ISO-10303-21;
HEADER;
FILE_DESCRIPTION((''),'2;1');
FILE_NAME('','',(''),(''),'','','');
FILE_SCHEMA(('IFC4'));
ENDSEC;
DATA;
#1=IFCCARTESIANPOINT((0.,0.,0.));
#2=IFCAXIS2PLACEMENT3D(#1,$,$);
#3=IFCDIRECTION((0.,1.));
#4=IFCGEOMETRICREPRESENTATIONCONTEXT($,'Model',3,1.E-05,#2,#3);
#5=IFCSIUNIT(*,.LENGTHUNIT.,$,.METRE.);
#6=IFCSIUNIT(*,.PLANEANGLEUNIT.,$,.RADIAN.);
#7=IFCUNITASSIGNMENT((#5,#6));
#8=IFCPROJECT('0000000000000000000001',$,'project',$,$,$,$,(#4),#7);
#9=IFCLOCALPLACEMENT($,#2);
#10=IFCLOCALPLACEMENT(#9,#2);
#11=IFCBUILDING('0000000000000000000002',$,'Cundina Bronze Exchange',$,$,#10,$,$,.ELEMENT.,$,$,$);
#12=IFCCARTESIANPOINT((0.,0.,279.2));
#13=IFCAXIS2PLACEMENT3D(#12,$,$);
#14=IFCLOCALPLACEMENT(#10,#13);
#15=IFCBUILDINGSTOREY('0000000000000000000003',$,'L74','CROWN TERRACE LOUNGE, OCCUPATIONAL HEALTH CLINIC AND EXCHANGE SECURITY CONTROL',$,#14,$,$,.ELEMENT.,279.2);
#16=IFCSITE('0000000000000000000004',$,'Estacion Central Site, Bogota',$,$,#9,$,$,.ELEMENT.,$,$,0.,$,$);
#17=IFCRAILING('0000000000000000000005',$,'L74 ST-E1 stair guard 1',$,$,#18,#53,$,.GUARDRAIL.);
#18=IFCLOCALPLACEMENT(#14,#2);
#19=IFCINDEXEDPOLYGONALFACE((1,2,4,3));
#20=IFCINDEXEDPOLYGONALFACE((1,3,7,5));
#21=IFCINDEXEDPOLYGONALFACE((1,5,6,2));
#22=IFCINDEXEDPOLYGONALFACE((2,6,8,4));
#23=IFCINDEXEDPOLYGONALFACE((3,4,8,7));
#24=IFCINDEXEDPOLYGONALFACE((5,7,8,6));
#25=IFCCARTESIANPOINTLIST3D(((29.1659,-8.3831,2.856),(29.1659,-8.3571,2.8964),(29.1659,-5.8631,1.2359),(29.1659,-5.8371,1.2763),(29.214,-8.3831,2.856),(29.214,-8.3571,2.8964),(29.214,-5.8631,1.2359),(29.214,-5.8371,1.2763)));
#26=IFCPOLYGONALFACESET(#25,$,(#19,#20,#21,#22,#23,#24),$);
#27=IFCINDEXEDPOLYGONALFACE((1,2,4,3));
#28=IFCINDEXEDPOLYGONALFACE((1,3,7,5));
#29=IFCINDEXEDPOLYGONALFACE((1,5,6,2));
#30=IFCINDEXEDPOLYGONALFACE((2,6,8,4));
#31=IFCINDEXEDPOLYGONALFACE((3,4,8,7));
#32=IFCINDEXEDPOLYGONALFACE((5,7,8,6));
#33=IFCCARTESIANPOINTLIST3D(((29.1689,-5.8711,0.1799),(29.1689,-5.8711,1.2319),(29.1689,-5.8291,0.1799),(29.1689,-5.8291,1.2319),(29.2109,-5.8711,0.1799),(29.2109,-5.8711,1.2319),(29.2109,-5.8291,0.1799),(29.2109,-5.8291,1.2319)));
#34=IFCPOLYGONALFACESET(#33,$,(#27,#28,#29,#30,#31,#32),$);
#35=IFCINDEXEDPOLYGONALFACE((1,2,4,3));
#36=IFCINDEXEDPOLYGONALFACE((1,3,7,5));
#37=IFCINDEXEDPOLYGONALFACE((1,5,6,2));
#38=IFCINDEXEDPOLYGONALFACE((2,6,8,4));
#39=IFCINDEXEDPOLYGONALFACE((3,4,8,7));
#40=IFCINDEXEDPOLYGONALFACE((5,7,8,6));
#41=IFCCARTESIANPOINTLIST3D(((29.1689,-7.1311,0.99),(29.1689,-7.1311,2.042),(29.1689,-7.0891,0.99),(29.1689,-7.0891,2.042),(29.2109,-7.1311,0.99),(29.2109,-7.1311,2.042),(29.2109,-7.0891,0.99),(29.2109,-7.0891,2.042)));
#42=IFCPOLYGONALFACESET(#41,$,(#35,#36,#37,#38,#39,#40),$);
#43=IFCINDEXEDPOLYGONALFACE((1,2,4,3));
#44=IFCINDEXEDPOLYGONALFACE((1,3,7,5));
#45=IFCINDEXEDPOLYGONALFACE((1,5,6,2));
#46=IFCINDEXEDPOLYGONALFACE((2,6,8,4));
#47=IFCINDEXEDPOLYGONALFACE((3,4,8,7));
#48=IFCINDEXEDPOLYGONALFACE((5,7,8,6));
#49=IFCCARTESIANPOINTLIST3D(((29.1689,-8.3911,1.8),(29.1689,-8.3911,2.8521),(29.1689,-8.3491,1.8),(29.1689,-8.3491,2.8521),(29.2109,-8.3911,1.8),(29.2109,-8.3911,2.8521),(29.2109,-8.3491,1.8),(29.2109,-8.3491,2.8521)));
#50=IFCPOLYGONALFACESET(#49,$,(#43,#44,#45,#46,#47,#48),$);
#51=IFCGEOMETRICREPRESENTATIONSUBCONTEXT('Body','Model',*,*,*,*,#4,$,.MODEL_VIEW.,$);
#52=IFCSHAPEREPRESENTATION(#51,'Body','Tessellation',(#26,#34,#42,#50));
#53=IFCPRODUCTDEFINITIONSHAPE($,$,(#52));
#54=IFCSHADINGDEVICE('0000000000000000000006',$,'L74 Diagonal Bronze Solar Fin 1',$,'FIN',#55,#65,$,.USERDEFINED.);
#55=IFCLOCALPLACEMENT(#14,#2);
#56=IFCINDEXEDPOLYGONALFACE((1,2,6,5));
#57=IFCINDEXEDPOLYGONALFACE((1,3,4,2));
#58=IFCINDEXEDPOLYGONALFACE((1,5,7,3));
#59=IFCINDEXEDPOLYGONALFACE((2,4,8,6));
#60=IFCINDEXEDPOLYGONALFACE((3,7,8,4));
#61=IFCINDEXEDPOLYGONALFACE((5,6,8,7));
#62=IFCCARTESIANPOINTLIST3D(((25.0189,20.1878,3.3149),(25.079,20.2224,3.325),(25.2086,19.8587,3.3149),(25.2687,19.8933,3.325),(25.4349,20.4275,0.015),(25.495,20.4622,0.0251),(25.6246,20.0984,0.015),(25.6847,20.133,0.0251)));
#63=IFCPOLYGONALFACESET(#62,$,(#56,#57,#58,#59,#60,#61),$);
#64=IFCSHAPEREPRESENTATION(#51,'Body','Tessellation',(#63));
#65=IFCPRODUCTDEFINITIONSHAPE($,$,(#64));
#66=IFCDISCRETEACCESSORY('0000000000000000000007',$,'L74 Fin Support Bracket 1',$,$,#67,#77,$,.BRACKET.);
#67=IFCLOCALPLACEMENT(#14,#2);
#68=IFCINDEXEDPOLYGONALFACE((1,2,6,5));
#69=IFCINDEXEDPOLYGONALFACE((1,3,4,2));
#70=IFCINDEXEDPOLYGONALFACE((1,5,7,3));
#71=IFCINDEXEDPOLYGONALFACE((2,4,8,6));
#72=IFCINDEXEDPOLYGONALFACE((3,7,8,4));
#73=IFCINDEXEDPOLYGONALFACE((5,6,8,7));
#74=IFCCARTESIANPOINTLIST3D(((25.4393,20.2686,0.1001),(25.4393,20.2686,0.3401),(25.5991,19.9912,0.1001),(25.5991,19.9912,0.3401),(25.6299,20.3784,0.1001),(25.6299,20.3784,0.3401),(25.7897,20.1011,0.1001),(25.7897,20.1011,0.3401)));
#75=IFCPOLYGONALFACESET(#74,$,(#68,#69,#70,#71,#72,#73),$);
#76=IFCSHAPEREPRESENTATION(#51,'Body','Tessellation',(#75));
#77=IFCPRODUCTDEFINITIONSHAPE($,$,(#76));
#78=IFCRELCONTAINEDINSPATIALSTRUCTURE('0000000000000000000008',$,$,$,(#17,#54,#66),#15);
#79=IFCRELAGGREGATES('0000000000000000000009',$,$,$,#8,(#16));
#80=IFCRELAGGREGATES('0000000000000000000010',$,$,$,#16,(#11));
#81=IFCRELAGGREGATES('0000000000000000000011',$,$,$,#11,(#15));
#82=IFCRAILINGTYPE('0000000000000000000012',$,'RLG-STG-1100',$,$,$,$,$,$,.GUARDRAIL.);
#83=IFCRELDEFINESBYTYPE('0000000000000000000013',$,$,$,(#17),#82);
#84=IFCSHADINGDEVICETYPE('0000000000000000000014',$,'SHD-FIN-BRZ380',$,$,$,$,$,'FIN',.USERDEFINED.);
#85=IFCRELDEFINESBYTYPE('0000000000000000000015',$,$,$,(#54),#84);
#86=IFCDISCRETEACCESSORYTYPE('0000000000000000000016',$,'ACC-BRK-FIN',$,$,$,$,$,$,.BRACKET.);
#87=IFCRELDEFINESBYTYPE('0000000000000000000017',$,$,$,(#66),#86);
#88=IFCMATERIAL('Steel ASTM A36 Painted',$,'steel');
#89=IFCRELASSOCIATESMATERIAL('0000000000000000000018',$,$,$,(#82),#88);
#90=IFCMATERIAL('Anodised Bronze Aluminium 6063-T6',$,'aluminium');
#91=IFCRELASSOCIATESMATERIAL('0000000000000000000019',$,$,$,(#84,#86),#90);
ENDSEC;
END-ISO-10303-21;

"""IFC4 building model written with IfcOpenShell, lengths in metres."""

from ifc_helpers import new_model, si_unit, direction, frame, origin, origin_2d, place, context, subcontext, project, spatial, rectangle, extrude, material, material_profile, profile_set, type_object, element, save


model = new_model("IFC4")

# Units and contexts
model_context = context("Model", 3, precision=1e-05, world=origin(), true_north=direction((0.0, 1.0)))
body_context = subcontext(model_context, "Body", "Model", "MODEL_VIEW")
ifc_project = project(units=[si_unit("LENGTHUNIT", "METRE"), si_unit("PLANEANGLEUNIT", "RADIAN")], contexts=[model_context])

# Site, building, storey
site_placement = place(None, origin())
site = spatial("IfcSite", under=ifc_project, at=site_placement, Name="Estacion Central Site, Bogota", CompositionType="ELEMENT", RefElevation=0.0)
building_placement = place(site_placement, origin())
building = spatial("IfcBuilding", under=site, at=building_placement, Name="Cundina Bronze Exchange", CompositionType="ELEMENT")
storey_placement = place(building_placement, frame((0.0, 0.0, 279.2)))
storey = spatial("IfcBuildingStorey", under=building, at=storey_placement, Name="L74", Description="CROWN TERRACE LOUNGE, OCCUPATIONAL HEALTH CLINIC AND EXCHANGE SECURITY CONTROL", CompositionType="ELEMENT", Elevation=279.2)

# Shared definitions
ifc_material_1 = material(Name="Anodised Bronze Aluminium 6063-T6", Category="aluminium")

# Shared definitions
ifc_material_2 = material(Name="Steel ASTM A36 Painted", Category="steel")

# Railing
railing_type_1 = type_object("IfcRailingType", Name="RLG-STG-1100", PredefinedType="GUARDRAIL", material=ifc_material_2)
railing_1_placement = place(storey_placement, frame((29.1899, -5.8501, 0.1799)))
element("IfcRailing", 1, at=railing_1_placement, inside=storey, type_object=railing_type_1, Name="L74 ST-E1 stair guard 1", PredefinedType="GUARDRAIL", context=body_context, shape_type="SweptSolid", body=[
    extrude(rectangle(XDim=0.0481, YDim=0.0481, at=origin_2d()), frame((0.0, 0.0, 1.0762), z_axis=(0.0, -0.841163, 0.540782), x_axis=(1.0, 0.0, 0.0)), (0.0, 0.0, 1.0), 2.9958),
    extrude(rectangle(XDim=0.042, YDim=0.042, at=origin_2d()), origin(), (0.0, 0.0, 1.0), 1.052),
    extrude(rectangle(XDim=0.042, YDim=0.042, at=origin_2d()), frame((0.0, -1.26, 0.8101)), (0.0, 0.0, 1.0), 1.052),
    extrude(rectangle(XDim=0.042, YDim=0.042, at=origin_2d()), frame((0.0, -2.52, 1.6201)), (0.0, 0.0, 1.0), 1.052),
])

# Shading device
ifc_material_profile_1 = material_profile(ifc_material_1, rectangle(XDim=0.0701, YDim=0.3799, at=origin_2d()), Name="FIN70X380", Category="aluminium")
ifc_profile_set_1 = profile_set([ifc_material_profile_1], Name="Anodised Bronze Aluminium 6063-T6")
shading_device_type = type_object("IfcShadingDeviceType", Name="SHD-FIN-BRZ380", ElementType="FIN", PredefinedType="USERDEFINED", material=ifc_profile_set_1)
shading_device_placement = place(storey_placement, frame((25.5598, 20.2803, 0.02), z_axis=(-0.12475, -0.071892, 0.98958), x_axis=(0.857395, 0.494109, 0.143983)))
element("IfcShadingDevice", 2, at=shading_device_placement, inside=storey, type_object=shading_device_type, Name="L74 Diagonal Bronze Solar Fin 1", ObjectType="FIN", PredefinedType="USERDEFINED", context=body_context, shape_type="SweptSolid", body=[
    extrude(rectangle(XDim=0.0701, YDim=0.3799, at=origin_2d()), origin(), (0.0, 0.0, 1.0), 3.3347),
])

# Discrete accessory
discrete_accessory_type = type_object("IfcDiscreteAccessoryType", Name="ACC-BRK-FIN", PredefinedType="BRACKET", material=ifc_material_1)
discrete_accessory_placement = place(storey_placement, frame((25.6145, 20.1848, 0.1001), z_axis=(0.0, 0.0, 1.0), x_axis=(-0.866453, -0.499259, 0.0)))
element("IfcDiscreteAccessory", 3, at=discrete_accessory_placement, inside=storey, type_object=discrete_accessory_type, Name="L74 Fin Support Bracket 1", PredefinedType="BRACKET", context=body_context, shape_type="SweptSolid", body=[
    extrude(rectangle(XDim=0.22, YDim=0.3201, at=origin_2d()), origin(), (0.0, 0.0, 1.0), 0.24),
])

save(model, "model.ifc")
